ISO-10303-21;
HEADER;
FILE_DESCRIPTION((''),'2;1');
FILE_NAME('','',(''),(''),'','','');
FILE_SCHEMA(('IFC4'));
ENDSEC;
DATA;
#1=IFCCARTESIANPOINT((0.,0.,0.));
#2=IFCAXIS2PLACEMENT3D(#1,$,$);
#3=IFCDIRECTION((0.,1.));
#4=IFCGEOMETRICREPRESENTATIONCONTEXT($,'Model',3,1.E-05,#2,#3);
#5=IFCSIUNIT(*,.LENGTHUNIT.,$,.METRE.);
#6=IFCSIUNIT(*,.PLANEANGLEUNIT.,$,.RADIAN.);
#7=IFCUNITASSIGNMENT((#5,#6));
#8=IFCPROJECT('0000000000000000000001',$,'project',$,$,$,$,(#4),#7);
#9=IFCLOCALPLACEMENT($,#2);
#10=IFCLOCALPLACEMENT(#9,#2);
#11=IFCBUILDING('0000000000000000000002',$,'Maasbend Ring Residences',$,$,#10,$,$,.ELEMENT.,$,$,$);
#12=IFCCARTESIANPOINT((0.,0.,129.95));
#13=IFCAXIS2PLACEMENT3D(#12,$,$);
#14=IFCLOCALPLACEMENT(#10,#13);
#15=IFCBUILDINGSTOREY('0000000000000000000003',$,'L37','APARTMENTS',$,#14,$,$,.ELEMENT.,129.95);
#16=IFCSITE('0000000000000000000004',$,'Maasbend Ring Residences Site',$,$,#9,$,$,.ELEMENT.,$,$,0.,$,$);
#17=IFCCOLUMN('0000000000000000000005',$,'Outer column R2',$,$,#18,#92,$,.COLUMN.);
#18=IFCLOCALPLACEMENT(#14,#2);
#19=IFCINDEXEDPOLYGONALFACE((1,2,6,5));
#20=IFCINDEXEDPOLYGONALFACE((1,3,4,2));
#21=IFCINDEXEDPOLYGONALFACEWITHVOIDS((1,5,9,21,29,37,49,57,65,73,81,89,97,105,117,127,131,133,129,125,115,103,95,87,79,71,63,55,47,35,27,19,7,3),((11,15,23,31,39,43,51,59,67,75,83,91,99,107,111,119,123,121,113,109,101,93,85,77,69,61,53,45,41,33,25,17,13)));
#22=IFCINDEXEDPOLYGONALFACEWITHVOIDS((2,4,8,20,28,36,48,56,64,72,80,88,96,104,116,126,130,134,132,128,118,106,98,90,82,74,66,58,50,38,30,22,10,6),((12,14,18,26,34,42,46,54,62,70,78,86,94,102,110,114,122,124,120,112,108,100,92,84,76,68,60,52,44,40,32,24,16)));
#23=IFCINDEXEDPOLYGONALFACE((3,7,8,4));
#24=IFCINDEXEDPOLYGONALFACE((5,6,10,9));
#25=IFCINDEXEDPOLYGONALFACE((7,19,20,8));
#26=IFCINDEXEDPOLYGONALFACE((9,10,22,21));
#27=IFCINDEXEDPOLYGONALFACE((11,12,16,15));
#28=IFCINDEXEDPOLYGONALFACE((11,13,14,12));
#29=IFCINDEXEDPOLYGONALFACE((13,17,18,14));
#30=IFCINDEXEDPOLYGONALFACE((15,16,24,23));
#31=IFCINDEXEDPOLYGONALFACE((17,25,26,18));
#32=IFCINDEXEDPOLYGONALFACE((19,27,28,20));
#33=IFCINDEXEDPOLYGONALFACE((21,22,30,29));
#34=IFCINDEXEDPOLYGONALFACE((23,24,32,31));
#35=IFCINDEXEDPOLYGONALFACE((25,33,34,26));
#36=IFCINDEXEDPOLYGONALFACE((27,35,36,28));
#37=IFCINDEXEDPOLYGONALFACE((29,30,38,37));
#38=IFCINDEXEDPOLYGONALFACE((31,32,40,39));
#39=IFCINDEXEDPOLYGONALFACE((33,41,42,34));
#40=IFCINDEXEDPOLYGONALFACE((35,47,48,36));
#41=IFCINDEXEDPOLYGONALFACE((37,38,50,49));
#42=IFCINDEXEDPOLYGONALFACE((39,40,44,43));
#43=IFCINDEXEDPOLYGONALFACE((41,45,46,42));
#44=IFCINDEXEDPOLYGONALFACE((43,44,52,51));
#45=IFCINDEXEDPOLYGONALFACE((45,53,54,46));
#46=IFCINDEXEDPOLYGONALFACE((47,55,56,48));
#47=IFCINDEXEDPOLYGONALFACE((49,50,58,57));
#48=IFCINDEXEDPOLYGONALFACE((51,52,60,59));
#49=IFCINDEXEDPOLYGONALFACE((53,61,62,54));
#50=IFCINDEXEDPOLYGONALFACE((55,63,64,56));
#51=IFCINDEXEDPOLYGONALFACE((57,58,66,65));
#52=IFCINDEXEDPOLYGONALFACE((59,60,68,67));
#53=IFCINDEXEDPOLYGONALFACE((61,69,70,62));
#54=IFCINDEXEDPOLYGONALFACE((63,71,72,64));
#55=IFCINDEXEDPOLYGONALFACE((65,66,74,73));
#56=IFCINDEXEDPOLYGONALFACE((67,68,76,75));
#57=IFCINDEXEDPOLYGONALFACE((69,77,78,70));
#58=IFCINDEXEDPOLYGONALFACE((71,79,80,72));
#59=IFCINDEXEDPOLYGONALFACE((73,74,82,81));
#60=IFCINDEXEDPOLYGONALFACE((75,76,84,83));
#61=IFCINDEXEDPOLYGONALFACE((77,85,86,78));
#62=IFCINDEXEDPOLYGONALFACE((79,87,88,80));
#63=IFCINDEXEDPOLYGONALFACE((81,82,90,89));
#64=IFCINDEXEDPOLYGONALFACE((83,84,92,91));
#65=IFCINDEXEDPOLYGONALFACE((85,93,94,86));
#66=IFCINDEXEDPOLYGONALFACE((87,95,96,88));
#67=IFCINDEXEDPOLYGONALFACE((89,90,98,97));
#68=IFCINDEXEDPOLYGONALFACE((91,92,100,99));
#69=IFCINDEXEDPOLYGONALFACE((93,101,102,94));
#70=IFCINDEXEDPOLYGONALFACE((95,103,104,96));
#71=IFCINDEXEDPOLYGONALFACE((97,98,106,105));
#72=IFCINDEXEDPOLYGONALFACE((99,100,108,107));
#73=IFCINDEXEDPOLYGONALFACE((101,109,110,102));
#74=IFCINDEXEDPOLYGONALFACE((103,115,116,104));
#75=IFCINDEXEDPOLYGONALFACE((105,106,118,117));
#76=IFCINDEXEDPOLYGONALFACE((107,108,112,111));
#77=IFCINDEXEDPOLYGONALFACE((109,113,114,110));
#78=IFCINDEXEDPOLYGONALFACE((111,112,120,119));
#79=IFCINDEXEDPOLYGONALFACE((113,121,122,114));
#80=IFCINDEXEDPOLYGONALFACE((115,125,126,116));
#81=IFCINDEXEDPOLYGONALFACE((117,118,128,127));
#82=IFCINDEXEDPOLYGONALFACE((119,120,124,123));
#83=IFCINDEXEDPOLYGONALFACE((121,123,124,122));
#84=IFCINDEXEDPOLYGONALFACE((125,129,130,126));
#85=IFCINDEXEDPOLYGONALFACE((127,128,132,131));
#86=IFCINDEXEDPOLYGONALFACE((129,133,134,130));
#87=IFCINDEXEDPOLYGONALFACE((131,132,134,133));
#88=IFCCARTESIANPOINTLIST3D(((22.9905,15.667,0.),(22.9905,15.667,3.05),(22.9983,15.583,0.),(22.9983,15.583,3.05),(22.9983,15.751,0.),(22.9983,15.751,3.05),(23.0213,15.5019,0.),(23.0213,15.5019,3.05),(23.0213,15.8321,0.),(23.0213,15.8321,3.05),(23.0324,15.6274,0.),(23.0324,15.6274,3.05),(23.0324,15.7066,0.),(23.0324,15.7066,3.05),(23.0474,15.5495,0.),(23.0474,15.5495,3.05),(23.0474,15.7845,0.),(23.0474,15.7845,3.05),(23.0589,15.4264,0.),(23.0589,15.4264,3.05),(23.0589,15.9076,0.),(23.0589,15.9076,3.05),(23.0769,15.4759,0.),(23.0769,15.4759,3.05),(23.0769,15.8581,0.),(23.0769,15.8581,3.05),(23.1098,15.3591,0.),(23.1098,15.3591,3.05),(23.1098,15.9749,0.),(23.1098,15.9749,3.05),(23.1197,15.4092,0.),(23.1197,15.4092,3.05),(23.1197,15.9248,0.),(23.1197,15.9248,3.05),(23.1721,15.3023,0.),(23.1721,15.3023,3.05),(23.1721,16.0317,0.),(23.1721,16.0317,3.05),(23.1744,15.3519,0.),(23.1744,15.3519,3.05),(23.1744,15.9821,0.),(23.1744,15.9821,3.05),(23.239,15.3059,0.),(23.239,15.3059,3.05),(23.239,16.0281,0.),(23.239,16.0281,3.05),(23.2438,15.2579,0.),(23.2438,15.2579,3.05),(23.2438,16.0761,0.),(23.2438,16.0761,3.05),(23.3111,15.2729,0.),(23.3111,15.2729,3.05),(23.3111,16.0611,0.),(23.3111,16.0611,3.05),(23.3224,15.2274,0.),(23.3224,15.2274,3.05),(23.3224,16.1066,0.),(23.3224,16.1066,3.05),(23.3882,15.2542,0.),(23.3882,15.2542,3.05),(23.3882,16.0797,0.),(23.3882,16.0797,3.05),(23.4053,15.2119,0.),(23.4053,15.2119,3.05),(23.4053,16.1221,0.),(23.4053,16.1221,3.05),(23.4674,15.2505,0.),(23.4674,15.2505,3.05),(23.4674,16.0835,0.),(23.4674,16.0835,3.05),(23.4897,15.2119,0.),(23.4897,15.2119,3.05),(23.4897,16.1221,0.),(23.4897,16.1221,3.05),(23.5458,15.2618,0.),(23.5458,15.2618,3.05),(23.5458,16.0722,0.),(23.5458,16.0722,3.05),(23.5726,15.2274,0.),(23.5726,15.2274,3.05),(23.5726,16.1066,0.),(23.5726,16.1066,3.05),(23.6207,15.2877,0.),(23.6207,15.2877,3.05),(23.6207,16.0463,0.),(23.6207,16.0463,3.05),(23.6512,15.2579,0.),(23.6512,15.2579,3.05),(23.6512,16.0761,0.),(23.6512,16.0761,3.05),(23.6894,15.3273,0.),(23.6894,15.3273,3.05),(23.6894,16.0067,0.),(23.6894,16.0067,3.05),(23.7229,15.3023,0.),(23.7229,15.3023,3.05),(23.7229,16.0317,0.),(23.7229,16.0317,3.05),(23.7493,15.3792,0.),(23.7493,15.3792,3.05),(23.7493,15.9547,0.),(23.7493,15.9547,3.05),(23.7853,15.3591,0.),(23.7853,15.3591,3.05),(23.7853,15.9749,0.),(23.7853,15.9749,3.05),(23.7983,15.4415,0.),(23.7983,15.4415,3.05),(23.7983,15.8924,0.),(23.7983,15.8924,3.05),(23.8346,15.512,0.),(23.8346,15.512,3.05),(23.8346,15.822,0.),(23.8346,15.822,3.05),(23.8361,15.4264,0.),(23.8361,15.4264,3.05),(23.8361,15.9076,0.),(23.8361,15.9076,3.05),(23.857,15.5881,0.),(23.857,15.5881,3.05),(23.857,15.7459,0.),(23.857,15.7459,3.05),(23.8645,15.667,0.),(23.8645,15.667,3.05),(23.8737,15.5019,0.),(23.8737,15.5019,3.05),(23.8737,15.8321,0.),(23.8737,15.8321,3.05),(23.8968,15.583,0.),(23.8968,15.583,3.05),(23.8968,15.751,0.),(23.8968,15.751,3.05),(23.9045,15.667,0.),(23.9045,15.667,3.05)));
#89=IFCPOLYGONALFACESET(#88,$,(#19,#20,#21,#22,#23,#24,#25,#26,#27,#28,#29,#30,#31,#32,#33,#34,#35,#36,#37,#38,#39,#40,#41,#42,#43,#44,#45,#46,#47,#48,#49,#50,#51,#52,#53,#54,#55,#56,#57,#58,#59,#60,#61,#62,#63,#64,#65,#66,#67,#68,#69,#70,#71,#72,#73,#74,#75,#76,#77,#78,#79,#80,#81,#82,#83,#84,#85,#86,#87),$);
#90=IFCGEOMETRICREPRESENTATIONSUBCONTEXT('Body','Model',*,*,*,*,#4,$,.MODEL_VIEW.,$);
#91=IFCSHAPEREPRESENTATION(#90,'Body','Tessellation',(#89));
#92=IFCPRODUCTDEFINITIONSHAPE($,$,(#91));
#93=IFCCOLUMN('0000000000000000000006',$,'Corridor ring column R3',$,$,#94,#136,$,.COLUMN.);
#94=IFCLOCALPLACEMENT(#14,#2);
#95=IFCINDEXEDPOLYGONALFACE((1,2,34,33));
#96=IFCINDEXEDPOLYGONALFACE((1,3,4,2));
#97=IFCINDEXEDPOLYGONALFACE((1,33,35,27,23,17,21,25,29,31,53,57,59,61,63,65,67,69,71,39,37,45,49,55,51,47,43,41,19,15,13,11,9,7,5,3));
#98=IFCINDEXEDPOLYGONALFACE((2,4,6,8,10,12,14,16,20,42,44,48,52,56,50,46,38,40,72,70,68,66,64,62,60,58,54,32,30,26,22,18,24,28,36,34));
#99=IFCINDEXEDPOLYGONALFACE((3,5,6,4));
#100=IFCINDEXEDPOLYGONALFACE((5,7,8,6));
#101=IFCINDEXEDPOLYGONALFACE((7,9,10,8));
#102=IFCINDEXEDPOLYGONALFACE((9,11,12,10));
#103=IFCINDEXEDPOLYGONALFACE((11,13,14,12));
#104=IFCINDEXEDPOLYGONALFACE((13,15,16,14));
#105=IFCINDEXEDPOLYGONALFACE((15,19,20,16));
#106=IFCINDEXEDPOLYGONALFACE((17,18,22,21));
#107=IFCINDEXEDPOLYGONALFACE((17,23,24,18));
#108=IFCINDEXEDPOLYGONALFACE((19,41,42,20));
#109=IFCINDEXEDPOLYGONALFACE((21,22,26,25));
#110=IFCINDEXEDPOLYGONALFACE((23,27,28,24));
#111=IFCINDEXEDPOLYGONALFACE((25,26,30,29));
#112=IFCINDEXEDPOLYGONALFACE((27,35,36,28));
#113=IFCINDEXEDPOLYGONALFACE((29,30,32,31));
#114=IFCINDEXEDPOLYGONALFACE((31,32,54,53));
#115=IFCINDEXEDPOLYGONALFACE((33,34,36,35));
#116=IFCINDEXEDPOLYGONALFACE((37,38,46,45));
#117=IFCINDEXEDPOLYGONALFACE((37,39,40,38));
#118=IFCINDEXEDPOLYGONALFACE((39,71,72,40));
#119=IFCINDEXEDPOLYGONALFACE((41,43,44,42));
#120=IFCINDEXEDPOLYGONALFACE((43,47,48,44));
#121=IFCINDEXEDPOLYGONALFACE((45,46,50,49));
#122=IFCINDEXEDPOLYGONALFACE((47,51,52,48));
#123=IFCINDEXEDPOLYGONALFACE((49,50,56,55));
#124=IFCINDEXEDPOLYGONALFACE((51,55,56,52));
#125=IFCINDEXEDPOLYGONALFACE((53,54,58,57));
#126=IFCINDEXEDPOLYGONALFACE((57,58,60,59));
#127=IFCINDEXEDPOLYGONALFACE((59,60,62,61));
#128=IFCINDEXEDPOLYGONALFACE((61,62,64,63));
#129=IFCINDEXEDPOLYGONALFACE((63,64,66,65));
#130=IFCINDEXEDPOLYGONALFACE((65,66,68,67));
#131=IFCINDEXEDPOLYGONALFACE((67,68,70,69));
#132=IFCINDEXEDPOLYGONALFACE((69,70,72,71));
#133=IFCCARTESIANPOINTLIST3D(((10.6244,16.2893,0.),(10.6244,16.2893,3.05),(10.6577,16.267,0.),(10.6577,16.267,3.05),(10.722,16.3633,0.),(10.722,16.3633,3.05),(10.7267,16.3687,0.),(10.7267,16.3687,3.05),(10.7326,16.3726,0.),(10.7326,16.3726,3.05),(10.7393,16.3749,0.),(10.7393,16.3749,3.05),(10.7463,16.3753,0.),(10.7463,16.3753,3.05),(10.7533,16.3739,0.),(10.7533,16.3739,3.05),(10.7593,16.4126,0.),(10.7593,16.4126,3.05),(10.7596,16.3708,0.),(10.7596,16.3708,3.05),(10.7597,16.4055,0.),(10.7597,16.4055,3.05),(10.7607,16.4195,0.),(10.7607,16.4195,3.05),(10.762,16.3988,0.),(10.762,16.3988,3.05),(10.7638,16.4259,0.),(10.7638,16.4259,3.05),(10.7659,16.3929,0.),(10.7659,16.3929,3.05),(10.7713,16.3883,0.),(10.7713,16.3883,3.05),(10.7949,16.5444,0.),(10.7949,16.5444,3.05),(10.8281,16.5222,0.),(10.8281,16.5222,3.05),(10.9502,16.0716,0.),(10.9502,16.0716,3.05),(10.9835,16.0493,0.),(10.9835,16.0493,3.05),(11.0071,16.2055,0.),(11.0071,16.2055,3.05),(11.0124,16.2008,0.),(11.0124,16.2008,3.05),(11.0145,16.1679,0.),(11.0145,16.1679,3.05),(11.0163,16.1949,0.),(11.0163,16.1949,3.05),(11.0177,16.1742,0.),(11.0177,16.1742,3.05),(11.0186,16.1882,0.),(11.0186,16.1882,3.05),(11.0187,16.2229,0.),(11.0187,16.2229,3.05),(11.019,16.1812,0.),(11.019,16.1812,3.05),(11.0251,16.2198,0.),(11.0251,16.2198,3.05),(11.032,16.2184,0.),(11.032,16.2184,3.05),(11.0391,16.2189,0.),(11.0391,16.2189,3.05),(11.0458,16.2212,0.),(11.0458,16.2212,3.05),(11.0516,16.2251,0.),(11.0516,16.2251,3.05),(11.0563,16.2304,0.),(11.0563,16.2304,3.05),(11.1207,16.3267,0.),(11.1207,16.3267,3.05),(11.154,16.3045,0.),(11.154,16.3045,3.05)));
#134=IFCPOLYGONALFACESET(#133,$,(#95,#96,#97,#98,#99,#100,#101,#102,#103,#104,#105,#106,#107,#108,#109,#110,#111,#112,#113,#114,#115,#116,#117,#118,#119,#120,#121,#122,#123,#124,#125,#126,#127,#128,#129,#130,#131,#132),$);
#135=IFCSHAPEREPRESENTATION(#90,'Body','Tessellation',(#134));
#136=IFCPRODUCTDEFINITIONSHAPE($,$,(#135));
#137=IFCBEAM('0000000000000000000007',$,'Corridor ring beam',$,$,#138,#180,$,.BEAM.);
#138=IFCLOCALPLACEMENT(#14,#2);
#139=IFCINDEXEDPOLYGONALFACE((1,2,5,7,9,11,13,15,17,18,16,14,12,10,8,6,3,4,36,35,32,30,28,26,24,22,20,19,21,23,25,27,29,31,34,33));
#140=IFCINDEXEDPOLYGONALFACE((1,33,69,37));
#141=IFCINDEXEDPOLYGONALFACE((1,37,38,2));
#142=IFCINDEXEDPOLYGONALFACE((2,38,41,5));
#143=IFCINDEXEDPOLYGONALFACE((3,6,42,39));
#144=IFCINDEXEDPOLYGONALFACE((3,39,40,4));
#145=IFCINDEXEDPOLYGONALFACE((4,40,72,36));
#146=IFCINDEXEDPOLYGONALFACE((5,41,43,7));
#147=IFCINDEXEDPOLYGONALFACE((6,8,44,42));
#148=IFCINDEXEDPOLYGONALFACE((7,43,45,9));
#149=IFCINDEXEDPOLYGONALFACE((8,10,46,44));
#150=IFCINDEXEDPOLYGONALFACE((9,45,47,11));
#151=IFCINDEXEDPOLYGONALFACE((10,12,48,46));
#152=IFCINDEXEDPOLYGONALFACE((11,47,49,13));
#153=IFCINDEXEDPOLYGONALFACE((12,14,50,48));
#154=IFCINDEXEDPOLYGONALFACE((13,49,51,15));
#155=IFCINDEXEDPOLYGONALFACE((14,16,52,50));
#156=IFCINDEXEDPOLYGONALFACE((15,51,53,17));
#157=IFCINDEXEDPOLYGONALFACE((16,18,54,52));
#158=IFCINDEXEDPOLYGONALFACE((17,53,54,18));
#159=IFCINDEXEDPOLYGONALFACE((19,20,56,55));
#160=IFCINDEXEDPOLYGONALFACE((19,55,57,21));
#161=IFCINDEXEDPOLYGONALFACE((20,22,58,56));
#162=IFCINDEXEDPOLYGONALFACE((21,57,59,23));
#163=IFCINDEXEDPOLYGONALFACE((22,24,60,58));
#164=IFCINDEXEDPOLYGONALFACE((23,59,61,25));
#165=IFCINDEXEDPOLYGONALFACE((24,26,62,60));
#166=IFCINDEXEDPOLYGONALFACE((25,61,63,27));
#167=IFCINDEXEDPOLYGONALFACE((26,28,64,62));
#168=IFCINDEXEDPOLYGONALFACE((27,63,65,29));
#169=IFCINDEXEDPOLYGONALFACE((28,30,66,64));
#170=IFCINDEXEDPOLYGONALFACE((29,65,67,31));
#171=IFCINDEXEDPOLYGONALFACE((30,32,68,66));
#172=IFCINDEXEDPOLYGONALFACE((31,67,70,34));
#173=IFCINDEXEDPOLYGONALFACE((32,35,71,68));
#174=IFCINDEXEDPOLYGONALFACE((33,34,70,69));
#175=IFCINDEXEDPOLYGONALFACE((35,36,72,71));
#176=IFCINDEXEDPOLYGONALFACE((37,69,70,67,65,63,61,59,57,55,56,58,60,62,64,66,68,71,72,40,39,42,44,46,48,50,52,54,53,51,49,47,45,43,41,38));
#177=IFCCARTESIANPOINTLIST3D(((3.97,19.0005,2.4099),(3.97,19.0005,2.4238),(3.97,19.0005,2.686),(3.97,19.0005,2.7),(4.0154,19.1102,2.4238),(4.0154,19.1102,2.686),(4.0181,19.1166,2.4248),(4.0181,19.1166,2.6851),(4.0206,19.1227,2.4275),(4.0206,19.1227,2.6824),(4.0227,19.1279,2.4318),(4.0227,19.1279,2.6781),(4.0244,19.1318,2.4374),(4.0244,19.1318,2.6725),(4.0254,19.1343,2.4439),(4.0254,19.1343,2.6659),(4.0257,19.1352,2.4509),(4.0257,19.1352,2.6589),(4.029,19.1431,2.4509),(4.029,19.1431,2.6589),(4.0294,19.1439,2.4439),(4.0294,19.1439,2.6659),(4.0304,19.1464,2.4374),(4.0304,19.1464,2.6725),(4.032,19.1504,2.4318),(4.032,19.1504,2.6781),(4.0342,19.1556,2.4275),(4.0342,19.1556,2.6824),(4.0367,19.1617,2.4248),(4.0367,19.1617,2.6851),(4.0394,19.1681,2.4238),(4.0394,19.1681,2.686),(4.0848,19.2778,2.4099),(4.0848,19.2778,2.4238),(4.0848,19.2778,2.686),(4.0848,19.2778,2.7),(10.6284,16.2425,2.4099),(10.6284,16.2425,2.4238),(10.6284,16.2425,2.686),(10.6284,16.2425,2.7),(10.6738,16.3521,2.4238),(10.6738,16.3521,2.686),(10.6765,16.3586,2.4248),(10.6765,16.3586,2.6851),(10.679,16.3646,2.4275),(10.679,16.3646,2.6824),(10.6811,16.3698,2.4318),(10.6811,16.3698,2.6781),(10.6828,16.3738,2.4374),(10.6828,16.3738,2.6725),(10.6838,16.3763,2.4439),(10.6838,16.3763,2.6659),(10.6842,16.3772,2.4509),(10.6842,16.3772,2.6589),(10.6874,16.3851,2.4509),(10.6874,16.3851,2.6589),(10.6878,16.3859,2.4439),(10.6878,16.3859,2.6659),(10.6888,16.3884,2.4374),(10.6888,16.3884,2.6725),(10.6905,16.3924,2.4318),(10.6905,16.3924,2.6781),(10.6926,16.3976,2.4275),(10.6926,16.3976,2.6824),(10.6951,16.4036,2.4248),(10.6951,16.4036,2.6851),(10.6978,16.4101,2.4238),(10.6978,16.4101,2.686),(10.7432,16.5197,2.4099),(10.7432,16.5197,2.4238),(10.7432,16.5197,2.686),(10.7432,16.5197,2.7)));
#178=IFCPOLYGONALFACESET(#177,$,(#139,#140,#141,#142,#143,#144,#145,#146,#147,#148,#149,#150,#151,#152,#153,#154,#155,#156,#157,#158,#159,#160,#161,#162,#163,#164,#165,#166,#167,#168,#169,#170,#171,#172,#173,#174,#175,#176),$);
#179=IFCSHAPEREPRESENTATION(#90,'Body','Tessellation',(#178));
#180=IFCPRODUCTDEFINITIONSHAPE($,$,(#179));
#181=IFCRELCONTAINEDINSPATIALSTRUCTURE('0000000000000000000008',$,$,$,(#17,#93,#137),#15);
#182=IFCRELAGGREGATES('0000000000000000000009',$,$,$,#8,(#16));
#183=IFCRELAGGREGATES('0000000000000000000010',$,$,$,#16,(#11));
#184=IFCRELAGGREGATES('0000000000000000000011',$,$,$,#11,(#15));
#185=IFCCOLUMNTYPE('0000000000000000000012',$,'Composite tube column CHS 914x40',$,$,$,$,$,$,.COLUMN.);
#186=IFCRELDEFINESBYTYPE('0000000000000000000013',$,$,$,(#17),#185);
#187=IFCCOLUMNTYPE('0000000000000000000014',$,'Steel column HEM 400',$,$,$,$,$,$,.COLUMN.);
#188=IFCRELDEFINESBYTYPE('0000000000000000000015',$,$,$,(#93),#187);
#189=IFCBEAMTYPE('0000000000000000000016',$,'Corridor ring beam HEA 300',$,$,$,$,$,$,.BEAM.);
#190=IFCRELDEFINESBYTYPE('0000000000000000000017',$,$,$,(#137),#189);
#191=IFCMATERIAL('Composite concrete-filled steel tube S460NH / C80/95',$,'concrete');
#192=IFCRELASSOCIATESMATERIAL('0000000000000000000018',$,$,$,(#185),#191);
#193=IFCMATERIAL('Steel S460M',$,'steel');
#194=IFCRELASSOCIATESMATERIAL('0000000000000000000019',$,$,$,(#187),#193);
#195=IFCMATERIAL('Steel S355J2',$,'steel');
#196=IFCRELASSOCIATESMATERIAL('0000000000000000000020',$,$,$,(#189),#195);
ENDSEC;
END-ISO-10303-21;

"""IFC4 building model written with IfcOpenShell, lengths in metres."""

from ifc_helpers import new_model, si_unit, direction, frame, origin, origin_2d, place, context, subcontext, project, spatial, hollow_circle, i_section, extrude, material, material_profile, profile_set, type_object, element, save


model = new_model("IFC4")

# Units and contexts
model_context = context("Model", 3, precision=1e-05, world=origin(), true_north=direction((0.0, 1.0)))
body_context = subcontext(model_context, "Body", "Model", "MODEL_VIEW")
ifc_project = project(units=[si_unit("LENGTHUNIT", "METRE"), si_unit("PLANEANGLEUNIT", "RADIAN")], contexts=[model_context])

# Site, building, storey
site_placement = place(None, origin())
site = spatial("IfcSite", under=ifc_project, at=site_placement, Name="Maasbend Ring Residences Site", CompositionType="ELEMENT", RefElevation=0.0)
building_placement = place(site_placement, origin())
building = spatial("IfcBuilding", under=site, at=building_placement, Name="Maasbend Ring Residences", CompositionType="ELEMENT")
storey_placement = place(building_placement, frame((0.0, 0.0, 129.95)))
storey = spatial("IfcBuildingStorey", under=building, at=storey_placement, Name="L37", Description="APARTMENTS", CompositionType="ELEMENT", Elevation=129.95)

# Columns
ifc_material_1 = material(Name="Composite concrete-filled steel tube S460NH / C80/95", Category="concrete")
ifc_material_profile_1 = material_profile(ifc_material_1, hollow_circle(Radius=0.457, WallThickness=0.04, at=origin_2d()), Name="Composite tube column CHS 914x40")
ifc_profile_set_1 = profile_set([ifc_material_profile_1], Name="Composite concrete-filled steel tube S460NH / C80/95")
column_type_1 = type_object("IfcColumnType", Name="Composite tube column CHS 914x40", PredefinedType="COLUMN", material=ifc_profile_set_1)
column_1_placement = place(storey_placement, frame((23.4475, 15.667, 0.0), z_axis=(0.0, 0.0, 1.0), x_axis=(1.0, 0.0, 0.0)))
element("IfcColumn", 1, at=column_1_placement, inside=storey, type_object=column_type_1, Name="Outer column R2", PredefinedType="COLUMN", context=body_context, shape_type="SweptSolid", body=[
    extrude(hollow_circle(Radius=0.457, WallThickness=0.04, at=origin_2d()), origin(), (0.0, 0.0, 1.0), 3.05),
])
ifc_material_2 = material(Name="Steel S460M", Category="steel")
ifc_material_profile_2 = material_profile(ifc_material_2, i_section(OverallWidth=0.3069, OverallDepth=0.4319, WebThickness=0.021, FlangeThickness=0.04, FilletRadius=0.0271, at=origin_2d()), Name="HEM 400")
ifc_profile_set_2 = profile_set([ifc_material_profile_2], Name="Steel S460M")
column_type_2 = type_object("IfcColumnType", Name="Steel column HEM 400", PredefinedType="COLUMN", material=ifc_profile_set_2)
column_2_placement = place(storey_placement, frame((10.8892, 16.2969, 0.0), z_axis=(0.0, 0.0, 1.0), x_axis=(0.55557, 0.83147, 0.0)))
element("IfcColumn", 2, at=column_2_placement, inside=storey, type_object=column_type_2, Name="Corridor ring column R3", PredefinedType="COLUMN", context=body_context, shape_type="SweptSolid", body=[
    extrude(i_section(OverallWidth=0.3069, OverallDepth=0.4319, WebThickness=0.021, FlangeThickness=0.04, FilletRadius=0.0271, at=origin_2d()), origin(), (0.0, 0.0, 1.0), 3.05),
])

# Beam
ifc_material_3 = material(Name="Steel S355J2", Category="steel")
ifc_material_profile_3 = material_profile(ifc_material_3, i_section(OverallWidth=0.3, OverallDepth=0.29, WebThickness=0.0085, FlangeThickness=0.0139, FilletRadius=0.0271, at=origin_2d()), Name="HEA 300")
ifc_profile_set_3 = profile_set([ifc_material_profile_3], Name="Steel S355J2")
beam_type_1 = type_object("IfcBeamType", Name="Corridor ring beam HEA 300", PredefinedType="BEAM", material=ifc_profile_set_3)
beam_1_placement = place(storey_placement, frame((10.6858, 16.3811, 2.5549), z_axis=(-0.923878, 0.382688, 0.0), x_axis=(-0.382688, -0.923878, 0.0)))
element("IfcBeam", 3, at=beam_1_placement, inside=storey, type_object=beam_type_1, Name="Corridor ring beam", PredefinedType="BEAM", context=body_context, shape_type="SweptSolid", body=[
    extrude(i_section(OverallWidth=0.3, OverallDepth=0.29, WebThickness=0.0085, FlangeThickness=0.0139, FilletRadius=0.0271, at=origin_2d()), origin(), (0.0, 0.0, 1.0), 7.207),
])

save(model, "model.ifc")
